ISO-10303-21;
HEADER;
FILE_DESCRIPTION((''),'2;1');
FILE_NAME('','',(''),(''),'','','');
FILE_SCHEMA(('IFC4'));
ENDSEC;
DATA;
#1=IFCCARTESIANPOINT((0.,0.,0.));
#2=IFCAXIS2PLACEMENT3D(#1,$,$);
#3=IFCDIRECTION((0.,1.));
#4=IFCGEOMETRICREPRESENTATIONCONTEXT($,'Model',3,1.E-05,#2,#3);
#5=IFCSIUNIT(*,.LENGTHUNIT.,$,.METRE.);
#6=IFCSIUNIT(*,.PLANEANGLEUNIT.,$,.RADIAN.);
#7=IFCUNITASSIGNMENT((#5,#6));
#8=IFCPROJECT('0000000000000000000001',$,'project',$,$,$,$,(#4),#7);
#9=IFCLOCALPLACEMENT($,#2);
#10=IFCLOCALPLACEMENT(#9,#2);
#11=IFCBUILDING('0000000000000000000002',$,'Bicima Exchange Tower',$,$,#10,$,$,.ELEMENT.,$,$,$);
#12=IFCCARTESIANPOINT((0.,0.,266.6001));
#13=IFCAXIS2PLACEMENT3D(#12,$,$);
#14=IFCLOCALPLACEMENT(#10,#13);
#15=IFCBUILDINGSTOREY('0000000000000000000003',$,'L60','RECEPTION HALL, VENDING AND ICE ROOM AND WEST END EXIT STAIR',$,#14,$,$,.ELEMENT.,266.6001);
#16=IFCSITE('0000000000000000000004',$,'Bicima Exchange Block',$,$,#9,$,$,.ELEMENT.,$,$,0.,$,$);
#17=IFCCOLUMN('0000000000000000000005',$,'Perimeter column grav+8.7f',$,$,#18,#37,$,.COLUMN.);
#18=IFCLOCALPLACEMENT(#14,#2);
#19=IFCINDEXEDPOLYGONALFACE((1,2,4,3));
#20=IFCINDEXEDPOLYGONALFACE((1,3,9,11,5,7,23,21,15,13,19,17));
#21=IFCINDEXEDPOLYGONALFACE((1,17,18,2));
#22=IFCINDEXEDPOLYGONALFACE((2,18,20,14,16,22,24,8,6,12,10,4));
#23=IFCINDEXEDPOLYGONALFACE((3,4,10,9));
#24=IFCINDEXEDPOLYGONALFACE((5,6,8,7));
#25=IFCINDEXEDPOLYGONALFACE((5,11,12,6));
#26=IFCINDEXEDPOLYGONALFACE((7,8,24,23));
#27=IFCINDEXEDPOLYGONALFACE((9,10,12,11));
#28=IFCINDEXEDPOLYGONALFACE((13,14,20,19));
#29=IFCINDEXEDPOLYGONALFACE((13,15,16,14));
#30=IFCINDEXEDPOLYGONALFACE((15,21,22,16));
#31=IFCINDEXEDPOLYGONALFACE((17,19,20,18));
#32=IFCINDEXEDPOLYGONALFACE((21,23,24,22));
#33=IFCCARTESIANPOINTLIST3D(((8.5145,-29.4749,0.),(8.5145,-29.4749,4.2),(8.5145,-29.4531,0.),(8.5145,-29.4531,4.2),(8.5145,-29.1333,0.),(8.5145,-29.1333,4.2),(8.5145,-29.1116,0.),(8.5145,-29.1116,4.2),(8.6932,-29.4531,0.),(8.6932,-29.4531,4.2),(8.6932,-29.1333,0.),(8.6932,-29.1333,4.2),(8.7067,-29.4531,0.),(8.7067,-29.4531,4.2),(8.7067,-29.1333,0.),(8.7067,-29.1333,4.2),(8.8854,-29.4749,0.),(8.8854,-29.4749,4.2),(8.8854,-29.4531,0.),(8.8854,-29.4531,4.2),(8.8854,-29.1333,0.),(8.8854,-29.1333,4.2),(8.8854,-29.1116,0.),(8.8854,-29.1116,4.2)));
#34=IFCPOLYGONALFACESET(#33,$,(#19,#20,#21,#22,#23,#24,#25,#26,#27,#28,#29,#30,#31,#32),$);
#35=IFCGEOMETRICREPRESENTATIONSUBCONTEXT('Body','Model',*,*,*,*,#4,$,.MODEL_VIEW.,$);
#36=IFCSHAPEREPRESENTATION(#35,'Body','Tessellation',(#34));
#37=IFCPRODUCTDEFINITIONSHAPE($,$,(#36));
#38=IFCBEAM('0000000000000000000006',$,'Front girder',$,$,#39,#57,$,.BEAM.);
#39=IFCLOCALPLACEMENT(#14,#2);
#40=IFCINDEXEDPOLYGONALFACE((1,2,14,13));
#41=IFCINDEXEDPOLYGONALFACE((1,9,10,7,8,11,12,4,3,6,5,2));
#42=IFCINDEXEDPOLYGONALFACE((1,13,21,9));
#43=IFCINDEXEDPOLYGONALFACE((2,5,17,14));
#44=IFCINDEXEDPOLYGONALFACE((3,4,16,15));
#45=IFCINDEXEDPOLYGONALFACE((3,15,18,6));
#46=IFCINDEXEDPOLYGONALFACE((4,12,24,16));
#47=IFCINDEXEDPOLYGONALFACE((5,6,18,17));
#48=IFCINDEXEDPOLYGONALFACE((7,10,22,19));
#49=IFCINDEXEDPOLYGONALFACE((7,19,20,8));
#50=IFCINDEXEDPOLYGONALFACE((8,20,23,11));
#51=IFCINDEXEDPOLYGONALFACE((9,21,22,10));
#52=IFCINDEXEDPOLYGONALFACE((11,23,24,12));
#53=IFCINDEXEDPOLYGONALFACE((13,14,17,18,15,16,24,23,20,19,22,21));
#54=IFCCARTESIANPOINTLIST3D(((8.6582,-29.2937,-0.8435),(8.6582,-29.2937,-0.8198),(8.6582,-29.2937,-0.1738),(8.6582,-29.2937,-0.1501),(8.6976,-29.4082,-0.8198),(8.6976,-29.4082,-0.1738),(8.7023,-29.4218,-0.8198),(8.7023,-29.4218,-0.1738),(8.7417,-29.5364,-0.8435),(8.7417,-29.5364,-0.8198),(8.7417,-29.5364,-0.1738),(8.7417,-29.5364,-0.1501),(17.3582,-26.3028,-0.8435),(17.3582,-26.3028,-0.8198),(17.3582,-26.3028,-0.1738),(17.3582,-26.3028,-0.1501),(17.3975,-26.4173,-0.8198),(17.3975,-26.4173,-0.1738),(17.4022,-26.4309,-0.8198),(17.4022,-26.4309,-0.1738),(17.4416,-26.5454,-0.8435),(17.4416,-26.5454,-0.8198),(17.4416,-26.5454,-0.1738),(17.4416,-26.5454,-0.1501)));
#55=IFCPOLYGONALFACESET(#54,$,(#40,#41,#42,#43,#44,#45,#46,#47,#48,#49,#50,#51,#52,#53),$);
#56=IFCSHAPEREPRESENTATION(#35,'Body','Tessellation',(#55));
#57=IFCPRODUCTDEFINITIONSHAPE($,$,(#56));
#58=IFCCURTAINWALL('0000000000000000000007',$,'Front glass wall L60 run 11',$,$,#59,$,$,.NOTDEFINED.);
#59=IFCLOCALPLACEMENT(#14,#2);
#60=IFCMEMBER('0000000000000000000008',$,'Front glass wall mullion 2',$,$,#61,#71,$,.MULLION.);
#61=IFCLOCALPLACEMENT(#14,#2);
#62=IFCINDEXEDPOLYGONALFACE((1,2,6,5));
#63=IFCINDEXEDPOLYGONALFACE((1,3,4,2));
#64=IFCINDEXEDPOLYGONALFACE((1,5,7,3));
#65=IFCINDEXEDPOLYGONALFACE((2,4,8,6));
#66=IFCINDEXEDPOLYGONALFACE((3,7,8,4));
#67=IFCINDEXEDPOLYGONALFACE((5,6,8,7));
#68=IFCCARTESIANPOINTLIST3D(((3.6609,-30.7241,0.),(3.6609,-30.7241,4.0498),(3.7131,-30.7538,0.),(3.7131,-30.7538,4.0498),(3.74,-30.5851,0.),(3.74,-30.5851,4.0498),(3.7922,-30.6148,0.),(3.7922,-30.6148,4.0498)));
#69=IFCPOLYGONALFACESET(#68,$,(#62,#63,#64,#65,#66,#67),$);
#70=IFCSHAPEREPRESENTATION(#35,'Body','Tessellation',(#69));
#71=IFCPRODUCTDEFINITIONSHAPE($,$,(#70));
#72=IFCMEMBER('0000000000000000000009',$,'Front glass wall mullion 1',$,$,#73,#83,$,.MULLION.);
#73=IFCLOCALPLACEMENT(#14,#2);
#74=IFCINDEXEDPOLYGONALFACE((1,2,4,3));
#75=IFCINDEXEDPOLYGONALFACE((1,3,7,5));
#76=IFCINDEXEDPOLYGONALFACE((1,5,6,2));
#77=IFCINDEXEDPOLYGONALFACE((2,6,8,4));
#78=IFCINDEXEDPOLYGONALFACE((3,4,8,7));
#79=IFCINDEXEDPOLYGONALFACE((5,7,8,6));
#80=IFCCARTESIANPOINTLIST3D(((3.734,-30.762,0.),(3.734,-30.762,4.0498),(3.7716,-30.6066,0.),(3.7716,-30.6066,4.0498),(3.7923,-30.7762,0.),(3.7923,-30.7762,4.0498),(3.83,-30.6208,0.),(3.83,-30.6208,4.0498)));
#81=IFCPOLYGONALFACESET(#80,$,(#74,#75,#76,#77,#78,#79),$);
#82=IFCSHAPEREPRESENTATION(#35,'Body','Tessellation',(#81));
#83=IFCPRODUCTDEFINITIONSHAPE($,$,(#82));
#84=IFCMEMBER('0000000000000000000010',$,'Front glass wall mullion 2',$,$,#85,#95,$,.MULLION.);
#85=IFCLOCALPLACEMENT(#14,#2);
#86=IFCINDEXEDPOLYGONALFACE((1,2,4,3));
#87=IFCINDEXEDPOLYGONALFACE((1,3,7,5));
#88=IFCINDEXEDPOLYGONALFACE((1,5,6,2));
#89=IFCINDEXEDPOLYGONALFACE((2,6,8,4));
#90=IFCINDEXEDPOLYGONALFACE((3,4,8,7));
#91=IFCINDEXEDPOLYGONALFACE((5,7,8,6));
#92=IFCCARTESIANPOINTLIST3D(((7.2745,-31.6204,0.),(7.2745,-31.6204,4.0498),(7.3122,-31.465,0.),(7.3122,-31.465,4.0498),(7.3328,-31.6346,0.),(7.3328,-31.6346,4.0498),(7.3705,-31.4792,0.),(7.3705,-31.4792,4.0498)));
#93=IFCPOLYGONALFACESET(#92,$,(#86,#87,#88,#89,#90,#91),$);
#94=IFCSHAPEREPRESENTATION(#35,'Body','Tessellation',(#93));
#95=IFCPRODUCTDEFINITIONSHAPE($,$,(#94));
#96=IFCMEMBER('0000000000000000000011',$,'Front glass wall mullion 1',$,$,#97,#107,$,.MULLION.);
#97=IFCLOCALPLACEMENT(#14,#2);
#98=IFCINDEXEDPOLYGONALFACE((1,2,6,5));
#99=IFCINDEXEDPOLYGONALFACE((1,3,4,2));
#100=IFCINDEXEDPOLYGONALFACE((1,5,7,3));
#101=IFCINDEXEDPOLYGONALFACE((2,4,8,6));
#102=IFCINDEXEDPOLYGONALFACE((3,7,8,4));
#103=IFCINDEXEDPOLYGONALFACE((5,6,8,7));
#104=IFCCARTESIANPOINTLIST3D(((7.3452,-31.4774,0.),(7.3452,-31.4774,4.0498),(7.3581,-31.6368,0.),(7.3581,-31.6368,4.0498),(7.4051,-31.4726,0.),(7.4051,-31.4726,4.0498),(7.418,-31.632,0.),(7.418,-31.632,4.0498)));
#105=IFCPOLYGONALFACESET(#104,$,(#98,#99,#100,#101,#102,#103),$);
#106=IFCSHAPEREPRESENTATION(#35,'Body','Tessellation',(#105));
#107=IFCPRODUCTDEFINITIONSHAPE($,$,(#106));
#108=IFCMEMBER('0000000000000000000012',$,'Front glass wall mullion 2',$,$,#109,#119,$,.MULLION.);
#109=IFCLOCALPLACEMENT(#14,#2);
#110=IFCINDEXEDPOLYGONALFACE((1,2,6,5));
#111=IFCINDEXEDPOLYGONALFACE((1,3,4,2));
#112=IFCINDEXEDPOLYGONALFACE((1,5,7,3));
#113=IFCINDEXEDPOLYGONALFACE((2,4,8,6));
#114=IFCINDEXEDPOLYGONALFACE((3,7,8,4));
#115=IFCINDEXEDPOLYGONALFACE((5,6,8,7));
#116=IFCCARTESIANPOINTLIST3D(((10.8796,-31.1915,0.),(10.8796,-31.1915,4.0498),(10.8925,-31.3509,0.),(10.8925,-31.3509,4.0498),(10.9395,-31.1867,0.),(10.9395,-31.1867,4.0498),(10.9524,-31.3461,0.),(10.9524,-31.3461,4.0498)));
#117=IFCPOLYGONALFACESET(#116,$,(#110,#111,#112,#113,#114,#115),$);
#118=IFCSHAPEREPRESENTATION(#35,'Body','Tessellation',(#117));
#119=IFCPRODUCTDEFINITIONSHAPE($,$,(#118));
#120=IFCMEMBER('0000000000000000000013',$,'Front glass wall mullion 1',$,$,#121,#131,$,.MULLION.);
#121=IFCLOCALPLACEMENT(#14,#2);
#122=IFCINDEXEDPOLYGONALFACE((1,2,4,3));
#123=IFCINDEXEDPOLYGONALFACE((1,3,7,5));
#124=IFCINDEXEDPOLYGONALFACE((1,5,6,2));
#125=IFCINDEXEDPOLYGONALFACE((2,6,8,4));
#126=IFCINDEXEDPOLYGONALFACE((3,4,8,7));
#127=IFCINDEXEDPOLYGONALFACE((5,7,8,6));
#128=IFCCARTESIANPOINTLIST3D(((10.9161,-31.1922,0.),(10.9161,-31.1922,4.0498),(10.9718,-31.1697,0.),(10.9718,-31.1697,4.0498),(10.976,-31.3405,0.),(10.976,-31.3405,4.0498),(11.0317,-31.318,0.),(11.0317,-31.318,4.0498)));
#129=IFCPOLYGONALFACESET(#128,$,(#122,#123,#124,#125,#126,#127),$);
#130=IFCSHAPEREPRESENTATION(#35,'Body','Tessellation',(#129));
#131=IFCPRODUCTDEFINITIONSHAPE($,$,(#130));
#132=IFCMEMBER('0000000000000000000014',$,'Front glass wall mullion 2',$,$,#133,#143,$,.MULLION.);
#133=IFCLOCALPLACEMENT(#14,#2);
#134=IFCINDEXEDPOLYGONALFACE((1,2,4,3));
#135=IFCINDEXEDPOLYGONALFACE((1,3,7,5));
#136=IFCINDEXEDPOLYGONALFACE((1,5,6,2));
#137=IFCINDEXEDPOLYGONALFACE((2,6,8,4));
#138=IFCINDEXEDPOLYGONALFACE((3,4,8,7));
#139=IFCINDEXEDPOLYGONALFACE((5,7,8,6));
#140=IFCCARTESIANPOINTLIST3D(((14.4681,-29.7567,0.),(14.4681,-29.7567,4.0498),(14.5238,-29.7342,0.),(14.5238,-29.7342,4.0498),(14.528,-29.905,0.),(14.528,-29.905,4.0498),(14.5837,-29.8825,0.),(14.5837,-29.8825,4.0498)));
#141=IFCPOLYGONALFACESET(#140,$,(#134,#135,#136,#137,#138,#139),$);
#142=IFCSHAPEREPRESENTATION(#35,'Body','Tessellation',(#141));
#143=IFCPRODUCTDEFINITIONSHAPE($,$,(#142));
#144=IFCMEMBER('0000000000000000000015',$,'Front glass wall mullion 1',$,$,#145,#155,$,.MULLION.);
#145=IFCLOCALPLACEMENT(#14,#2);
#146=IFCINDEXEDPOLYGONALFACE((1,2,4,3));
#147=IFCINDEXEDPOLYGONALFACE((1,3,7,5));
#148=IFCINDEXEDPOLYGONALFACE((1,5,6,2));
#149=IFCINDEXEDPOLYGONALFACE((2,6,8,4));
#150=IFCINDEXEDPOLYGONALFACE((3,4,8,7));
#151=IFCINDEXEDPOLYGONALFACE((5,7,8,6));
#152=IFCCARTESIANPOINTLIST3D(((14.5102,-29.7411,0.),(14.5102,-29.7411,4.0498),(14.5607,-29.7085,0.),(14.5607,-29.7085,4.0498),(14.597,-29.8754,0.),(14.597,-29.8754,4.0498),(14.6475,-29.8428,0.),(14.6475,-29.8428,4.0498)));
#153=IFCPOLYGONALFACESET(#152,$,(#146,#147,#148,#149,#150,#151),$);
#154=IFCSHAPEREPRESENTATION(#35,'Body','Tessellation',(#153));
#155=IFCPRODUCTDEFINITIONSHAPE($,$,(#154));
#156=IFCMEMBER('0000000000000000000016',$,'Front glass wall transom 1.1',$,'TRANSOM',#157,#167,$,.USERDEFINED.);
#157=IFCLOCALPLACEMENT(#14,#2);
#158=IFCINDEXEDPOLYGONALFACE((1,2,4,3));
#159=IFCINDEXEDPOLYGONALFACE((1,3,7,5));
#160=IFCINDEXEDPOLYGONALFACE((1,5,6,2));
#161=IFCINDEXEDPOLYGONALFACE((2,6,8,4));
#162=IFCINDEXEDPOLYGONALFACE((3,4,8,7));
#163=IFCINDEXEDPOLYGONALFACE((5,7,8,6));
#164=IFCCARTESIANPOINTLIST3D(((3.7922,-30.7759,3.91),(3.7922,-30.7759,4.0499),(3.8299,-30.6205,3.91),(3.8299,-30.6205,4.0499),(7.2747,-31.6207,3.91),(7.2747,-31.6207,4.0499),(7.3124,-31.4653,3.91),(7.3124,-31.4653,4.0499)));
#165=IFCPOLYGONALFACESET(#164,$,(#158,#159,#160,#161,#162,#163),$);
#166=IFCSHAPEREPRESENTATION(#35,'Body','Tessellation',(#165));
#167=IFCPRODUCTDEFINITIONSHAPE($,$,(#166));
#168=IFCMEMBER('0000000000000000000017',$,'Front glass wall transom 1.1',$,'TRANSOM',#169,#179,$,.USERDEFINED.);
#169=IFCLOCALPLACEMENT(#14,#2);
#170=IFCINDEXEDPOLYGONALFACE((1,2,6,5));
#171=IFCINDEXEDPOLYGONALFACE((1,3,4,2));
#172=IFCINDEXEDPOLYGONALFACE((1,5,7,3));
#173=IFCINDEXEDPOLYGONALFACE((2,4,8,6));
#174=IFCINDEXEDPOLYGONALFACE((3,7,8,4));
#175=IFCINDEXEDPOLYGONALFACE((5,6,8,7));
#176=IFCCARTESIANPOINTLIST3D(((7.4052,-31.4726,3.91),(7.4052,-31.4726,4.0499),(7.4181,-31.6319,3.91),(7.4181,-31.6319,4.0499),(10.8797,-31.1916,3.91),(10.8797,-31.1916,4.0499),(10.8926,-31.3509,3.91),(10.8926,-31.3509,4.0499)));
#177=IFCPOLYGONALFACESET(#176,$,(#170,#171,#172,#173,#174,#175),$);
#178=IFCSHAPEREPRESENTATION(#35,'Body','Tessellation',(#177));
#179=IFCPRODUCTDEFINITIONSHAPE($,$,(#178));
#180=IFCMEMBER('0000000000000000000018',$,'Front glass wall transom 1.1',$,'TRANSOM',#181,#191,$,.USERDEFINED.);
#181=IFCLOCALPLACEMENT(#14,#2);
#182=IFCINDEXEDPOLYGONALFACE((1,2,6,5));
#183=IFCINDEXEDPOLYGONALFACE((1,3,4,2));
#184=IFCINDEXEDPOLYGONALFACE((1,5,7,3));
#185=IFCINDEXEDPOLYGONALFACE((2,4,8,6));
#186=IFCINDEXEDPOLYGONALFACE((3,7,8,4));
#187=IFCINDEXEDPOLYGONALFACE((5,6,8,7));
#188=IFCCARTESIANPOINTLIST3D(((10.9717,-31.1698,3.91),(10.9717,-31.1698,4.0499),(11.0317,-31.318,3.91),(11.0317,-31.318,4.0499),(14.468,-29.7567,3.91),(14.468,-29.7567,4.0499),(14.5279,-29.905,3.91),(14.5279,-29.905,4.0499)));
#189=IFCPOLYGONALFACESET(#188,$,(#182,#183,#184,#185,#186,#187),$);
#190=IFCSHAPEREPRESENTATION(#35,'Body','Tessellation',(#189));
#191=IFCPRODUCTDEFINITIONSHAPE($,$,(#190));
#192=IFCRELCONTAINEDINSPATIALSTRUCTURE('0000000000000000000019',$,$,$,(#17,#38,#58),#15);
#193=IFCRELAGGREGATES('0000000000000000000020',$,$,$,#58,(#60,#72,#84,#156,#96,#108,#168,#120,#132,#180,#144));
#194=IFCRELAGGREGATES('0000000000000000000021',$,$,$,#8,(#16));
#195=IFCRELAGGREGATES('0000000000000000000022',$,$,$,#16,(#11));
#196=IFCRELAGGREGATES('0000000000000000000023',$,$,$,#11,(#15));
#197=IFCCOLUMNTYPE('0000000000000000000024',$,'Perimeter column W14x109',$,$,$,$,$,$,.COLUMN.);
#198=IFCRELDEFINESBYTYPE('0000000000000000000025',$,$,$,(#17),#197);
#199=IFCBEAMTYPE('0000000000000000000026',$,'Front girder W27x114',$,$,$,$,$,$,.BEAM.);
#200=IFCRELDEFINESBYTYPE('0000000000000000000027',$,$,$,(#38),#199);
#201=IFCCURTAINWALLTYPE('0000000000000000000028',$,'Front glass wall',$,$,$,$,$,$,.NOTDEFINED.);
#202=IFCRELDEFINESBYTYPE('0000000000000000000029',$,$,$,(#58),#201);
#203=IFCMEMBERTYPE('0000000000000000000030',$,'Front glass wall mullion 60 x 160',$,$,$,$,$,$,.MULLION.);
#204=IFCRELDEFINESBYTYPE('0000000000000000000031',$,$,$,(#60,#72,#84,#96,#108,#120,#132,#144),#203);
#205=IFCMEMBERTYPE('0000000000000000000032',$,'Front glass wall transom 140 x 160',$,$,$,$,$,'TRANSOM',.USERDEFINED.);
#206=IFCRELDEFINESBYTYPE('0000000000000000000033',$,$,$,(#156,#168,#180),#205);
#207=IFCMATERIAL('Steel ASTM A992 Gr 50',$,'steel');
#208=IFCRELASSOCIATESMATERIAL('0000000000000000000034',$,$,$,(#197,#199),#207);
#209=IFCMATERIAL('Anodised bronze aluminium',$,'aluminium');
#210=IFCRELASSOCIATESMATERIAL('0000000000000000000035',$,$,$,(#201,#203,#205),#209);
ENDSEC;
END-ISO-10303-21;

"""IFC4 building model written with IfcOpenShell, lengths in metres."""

from ifc_helpers import new_model, si_unit, direction, frame, origin, origin_2d, place, context, subcontext, project, spatial, rectangle, i_section, extrude, material, material_profile, profile_set, type_object, element, aggregate, save


model = new_model("IFC4")

# Units and contexts
model_context = context("Model", 3, precision=1e-05, world=origin(), true_north=direction((0.0, 1.0)))
body_context = subcontext(model_context, "Body", "Model", "MODEL_VIEW")
ifc_project = project(units=[si_unit("LENGTHUNIT", "METRE"), si_unit("PLANEANGLEUNIT", "RADIAN")], contexts=[model_context])

# Site, building, storey
site_placement = place(None, origin())
site = spatial("IfcSite", under=ifc_project, at=site_placement, Name="Bicima Exchange Block", CompositionType="ELEMENT", RefElevation=0.0)
building_placement = place(site_placement, origin())
building = spatial("IfcBuilding", under=site, at=building_placement, Name="Bicima Exchange Tower", CompositionType="ELEMENT")
storey_placement = place(building_placement, frame((0.0, 0.0, 266.6001)))
storey = spatial("IfcBuildingStorey", under=building, at=storey_placement, Name="L60", Description="RECEPTION HALL, VENDING AND ICE ROOM AND WEST END EXIT STAIR", CompositionType="ELEMENT", Elevation=266.6001)

# Column
ifc_material_1 = material(Name="Steel ASTM A992 Gr 50", Category="steel")
ifc_material_profile_1 = material_profile(ifc_material_1, i_section(OverallWidth=0.3708, OverallDepth=0.3633, WebThickness=0.0134, FlangeThickness=0.0217, at=origin_2d()))
ifc_profile_set_1 = profile_set([ifc_material_profile_1], Name="Steel ASTM A992 Gr 50")
column_type = type_object("IfcColumnType", Name="Perimeter column W14x109", PredefinedType="COLUMN", material=ifc_profile_set_1)
column_placement = place(storey_placement, frame((8.7, -29.2932, 0.0), z_axis=(0.0, 0.0, 1.0), x_axis=(1.0, 0.0, 0.0)))
element("IfcColumn", 1, at=column_placement, inside=storey, type_object=column_type, Name="Perimeter column grav+8.7f", PredefinedType="COLUMN", context=body_context, shape_type="SweptSolid", body=[
    extrude(i_section(OverallWidth=0.3708, OverallDepth=0.3633, WebThickness=0.0134, FlangeThickness=0.0217, at=origin_2d()), origin(), (0.0, 0.0, 1.0), 4.2),
])

# Beam
ifc_material_profile_2 = material_profile(ifc_material_1, i_section(OverallWidth=0.2566, OverallDepth=0.6934, WebThickness=0.0144, FlangeThickness=0.0237, at=origin_2d()))
ifc_profile_set_2 = profile_set([ifc_material_profile_2], Name="Steel ASTM A992 Gr 50")
beam_type = type_object("IfcBeamType", Name="Front girder W27x114", PredefinedType="BEAM", material=ifc_profile_set_2)
beam_placement = place(storey_placement, frame((8.7, -29.415, -0.4968), z_axis=(0.945675, 0.325115, 0.0), x_axis=(-0.325115, 0.945675, 0.0)))
element("IfcBeam", 2, at=beam_placement, inside=storey, type_object=beam_type, Name="Front girder", PredefinedType="BEAM", context=body_context, shape_type="SweptSolid", body=[
    extrude(i_section(OverallWidth=0.2566, OverallDepth=0.6934, WebThickness=0.0144, FlangeThickness=0.0237, at=origin_2d()), origin(), (0.0, 0.0, 1.0), 9.1997),
])

# Curtain wall, members
ifc_material_2 = material(Name="Anodised bronze aluminium", Category="aluminium")
curtain_wall_type = type_object("IfcCurtainWallType", Name="Front glass wall", PredefinedType="NOTDEFINED", material=ifc_material_2)
curtain_wall_placement = place(storey_placement, origin())
curtain_wall = element("IfcCurtainWall", 3, at=curtain_wall_placement, inside=storey, type_object=curtain_wall_type, Name="Front glass wall L60 run 11", PredefinedType="NOTDEFINED")
ifc_material_profile_3 = material_profile(ifc_material_2, rectangle(XDim=0.1599, YDim=0.0601, at=origin_2d()))
ifc_profile_set_3 = profile_set([ifc_material_profile_3], Name="Anodised bronze aluminium")
member_type_1 = type_object("IfcMemberType", Name="Front glass wall mullion 60 x 160", PredefinedType="MULLION", material=ifc_profile_set_3)
member_1_placement = place(storey_placement, frame((3.7266, -30.6694, 0.0), z_axis=(0.0, 0.0, 1.0), x_axis=(0.49433, 0.869274, 0.0)))
member_1 = element("IfcMember", 4, at=member_1_placement, type_object=member_type_1, Name="Front glass wall mullion 2", PredefinedType="MULLION", context=body_context, shape_type="SweptSolid", body=[
    extrude(rectangle(XDim=0.1599, YDim=0.0601, at=origin_2d()), origin(), (0.0, 0.0, 1.0), 4.0498),
])
member_2_placement = place(storey_placement, frame((3.782, -30.6914, 0.0), z_axis=(0.0, 0.0, 1.0), x_axis=(0.235682, 0.97183, 0.0)))
member_2 = element("IfcMember", 5, at=member_2_placement, type_object=member_type_1, Name="Front glass wall mullion 1", PredefinedType="MULLION", context=body_context, shape_type="SweptSolid", body=[
    extrude(rectangle(XDim=0.1599, YDim=0.0601, at=origin_2d()), origin(), (0.0, 0.0, 1.0), 4.0498),
])
member_3_placement = place(storey_placement, frame((7.3225, -31.5498, 0.0), z_axis=(0.0, 0.0, 1.0), x_axis=(0.235682, 0.97183, 0.0)))
member_3 = element("IfcMember", 6, at=member_3_placement, type_object=member_type_1, Name="Front glass wall mullion 2", PredefinedType="MULLION", context=body_context, shape_type="SweptSolid", body=[
    extrude(rectangle(XDim=0.1599, YDim=0.0601, at=origin_2d()), origin(), (0.0, 0.0, 1.0), 4.0498),
])
member_4_placement = place(storey_placement, frame((7.3816, -31.5547, 0.0), z_axis=(0.0, 0.0, 1.0), x_axis=(-0.080589, 0.996747, 0.0)))
member_4 = element("IfcMember", 7, at=member_4_placement, type_object=member_type_1, Name="Front glass wall mullion 1", PredefinedType="MULLION", context=body_context, shape_type="SweptSolid", body=[
    extrude(rectangle(XDim=0.1599, YDim=0.0601, at=origin_2d()), origin(), (0.0, 0.0, 1.0), 4.0498),
])
member_5_placement = place(storey_placement, frame((10.916, -31.2688, 0.0), z_axis=(0.0, 0.0, 1.0), x_axis=(-0.080589, 0.996747, 0.0)))
member_5 = element("IfcMember", 8, at=member_5_placement, type_object=member_type_1, Name="Front glass wall mullion 2", PredefinedType="MULLION", context=body_context, shape_type="SweptSolid", body=[
    extrude(rectangle(XDim=0.1599, YDim=0.0601, at=origin_2d()), origin(), (0.0, 0.0, 1.0), 4.0498),
])
member_6_placement = place(storey_placement, frame((10.9739, -31.2551, 0.0), z_axis=(0.0, 0.0, 1.0), x_axis=(-0.374705, 0.927144, 0.0)))
member_6 = element("IfcMember", 9, at=member_6_placement, type_object=member_type_1, Name="Front glass wall mullion 1", PredefinedType="MULLION", context=body_context, shape_type="SweptSolid", body=[
    extrude(rectangle(XDim=0.1599, YDim=0.0601, at=origin_2d()), origin(), (0.0, 0.0, 1.0), 4.0498),
])
member_7_placement = place(storey_placement, frame((14.5259, -29.8196, 0.0), z_axis=(0.0, 0.0, 1.0), x_axis=(-0.374705, 0.927144, 0.0)))
member_7 = element("IfcMember", 10, at=member_7_placement, type_object=member_type_1, Name="Front glass wall mullion 2", PredefinedType="MULLION", context=body_context, shape_type="SweptSolid", body=[
    extrude(rectangle(XDim=0.1599, YDim=0.0601, at=origin_2d()), origin(), (0.0, 0.0, 1.0), 4.0498),
])
member_8_placement = place(storey_placement, frame((14.5789, -29.792, 0.0), z_axis=(0.0, 0.0, 1.0), x_axis=(-0.542909, 0.839791, 0.0)))
member_8 = element("IfcMember", 11, at=member_8_placement, type_object=member_type_1, Name="Front glass wall mullion 1", PredefinedType="MULLION", context=body_context, shape_type="SweptSolid", body=[
    extrude(rectangle(XDim=0.1599, YDim=0.0601, at=origin_2d()), origin(), (0.0, 0.0, 1.0), 4.0498),
])
ifc_material_profile_4 = material_profile(ifc_material_2, rectangle(XDim=0.1599, YDim=0.1399, at=origin_2d()))
ifc_profile_set_4 = profile_set([ifc_material_profile_4], Name="Anodised bronze aluminium")
member_type_2 = type_object("IfcMemberType", Name="Front glass wall transom 140 x 160", ElementType="TRANSOM", PredefinedType="USERDEFINED", material=ifc_profile_set_4)
member_9_placement = place(storey_placement, frame((3.811, -30.6982, 3.98), z_axis=(0.971818, -0.235733, 0.0), x_axis=(0.235733, 0.971818, 0.0)))
member_9 = element("IfcMember", 12, at=member_9_placement, type_object=member_type_2, Name="Front glass wall transom 1.1", ObjectType="TRANSOM", PredefinedType="USERDEFINED", context=body_context, shape_type="SweptSolid", body=[
    extrude(rectangle(XDim=0.1599, YDim=0.1399, at=origin_2d()), origin(), (0.0, 0.0, 1.0), 3.5835),
])
member_10_placement = place(storey_placement, frame((7.4116, -31.5522, 3.98), z_axis=(0.996746, 0.080611, 0.0), x_axis=(-0.080611, 0.996746, 0.0)))
member_10 = element("IfcMember", 13, at=member_10_placement, type_object=member_type_2, Name="Front glass wall transom 1.1", ObjectType="TRANSOM", PredefinedType="USERDEFINED", context=body_context, shape_type="SweptSolid", body=[
    extrude(rectangle(XDim=0.1599, YDim=0.1399, at=origin_2d()), origin(), (0.0, 0.0, 1.0), 3.4858),
])
member_11_placement = place(storey_placement, frame((11.0017, -31.2439, 3.98), z_axis=(0.92714, 0.374715, 0.0), x_axis=(-0.374715, 0.92714, 0.0)))
member_11 = element("IfcMember", 14, at=member_11_placement, type_object=member_type_2, Name="Front glass wall transom 1.1", ObjectType="TRANSOM", PredefinedType="USERDEFINED", context=body_context, shape_type="SweptSolid", body=[
    extrude(rectangle(XDim=0.1599, YDim=0.1399, at=origin_2d()), origin(), (0.0, 0.0, 1.0), 3.771),
])
aggregate(curtain_wall, [member_1, member_2, member_3, member_9, member_4, member_5, member_10, member_6, member_7, member_11, member_8])

save(model, "model.ifc")
